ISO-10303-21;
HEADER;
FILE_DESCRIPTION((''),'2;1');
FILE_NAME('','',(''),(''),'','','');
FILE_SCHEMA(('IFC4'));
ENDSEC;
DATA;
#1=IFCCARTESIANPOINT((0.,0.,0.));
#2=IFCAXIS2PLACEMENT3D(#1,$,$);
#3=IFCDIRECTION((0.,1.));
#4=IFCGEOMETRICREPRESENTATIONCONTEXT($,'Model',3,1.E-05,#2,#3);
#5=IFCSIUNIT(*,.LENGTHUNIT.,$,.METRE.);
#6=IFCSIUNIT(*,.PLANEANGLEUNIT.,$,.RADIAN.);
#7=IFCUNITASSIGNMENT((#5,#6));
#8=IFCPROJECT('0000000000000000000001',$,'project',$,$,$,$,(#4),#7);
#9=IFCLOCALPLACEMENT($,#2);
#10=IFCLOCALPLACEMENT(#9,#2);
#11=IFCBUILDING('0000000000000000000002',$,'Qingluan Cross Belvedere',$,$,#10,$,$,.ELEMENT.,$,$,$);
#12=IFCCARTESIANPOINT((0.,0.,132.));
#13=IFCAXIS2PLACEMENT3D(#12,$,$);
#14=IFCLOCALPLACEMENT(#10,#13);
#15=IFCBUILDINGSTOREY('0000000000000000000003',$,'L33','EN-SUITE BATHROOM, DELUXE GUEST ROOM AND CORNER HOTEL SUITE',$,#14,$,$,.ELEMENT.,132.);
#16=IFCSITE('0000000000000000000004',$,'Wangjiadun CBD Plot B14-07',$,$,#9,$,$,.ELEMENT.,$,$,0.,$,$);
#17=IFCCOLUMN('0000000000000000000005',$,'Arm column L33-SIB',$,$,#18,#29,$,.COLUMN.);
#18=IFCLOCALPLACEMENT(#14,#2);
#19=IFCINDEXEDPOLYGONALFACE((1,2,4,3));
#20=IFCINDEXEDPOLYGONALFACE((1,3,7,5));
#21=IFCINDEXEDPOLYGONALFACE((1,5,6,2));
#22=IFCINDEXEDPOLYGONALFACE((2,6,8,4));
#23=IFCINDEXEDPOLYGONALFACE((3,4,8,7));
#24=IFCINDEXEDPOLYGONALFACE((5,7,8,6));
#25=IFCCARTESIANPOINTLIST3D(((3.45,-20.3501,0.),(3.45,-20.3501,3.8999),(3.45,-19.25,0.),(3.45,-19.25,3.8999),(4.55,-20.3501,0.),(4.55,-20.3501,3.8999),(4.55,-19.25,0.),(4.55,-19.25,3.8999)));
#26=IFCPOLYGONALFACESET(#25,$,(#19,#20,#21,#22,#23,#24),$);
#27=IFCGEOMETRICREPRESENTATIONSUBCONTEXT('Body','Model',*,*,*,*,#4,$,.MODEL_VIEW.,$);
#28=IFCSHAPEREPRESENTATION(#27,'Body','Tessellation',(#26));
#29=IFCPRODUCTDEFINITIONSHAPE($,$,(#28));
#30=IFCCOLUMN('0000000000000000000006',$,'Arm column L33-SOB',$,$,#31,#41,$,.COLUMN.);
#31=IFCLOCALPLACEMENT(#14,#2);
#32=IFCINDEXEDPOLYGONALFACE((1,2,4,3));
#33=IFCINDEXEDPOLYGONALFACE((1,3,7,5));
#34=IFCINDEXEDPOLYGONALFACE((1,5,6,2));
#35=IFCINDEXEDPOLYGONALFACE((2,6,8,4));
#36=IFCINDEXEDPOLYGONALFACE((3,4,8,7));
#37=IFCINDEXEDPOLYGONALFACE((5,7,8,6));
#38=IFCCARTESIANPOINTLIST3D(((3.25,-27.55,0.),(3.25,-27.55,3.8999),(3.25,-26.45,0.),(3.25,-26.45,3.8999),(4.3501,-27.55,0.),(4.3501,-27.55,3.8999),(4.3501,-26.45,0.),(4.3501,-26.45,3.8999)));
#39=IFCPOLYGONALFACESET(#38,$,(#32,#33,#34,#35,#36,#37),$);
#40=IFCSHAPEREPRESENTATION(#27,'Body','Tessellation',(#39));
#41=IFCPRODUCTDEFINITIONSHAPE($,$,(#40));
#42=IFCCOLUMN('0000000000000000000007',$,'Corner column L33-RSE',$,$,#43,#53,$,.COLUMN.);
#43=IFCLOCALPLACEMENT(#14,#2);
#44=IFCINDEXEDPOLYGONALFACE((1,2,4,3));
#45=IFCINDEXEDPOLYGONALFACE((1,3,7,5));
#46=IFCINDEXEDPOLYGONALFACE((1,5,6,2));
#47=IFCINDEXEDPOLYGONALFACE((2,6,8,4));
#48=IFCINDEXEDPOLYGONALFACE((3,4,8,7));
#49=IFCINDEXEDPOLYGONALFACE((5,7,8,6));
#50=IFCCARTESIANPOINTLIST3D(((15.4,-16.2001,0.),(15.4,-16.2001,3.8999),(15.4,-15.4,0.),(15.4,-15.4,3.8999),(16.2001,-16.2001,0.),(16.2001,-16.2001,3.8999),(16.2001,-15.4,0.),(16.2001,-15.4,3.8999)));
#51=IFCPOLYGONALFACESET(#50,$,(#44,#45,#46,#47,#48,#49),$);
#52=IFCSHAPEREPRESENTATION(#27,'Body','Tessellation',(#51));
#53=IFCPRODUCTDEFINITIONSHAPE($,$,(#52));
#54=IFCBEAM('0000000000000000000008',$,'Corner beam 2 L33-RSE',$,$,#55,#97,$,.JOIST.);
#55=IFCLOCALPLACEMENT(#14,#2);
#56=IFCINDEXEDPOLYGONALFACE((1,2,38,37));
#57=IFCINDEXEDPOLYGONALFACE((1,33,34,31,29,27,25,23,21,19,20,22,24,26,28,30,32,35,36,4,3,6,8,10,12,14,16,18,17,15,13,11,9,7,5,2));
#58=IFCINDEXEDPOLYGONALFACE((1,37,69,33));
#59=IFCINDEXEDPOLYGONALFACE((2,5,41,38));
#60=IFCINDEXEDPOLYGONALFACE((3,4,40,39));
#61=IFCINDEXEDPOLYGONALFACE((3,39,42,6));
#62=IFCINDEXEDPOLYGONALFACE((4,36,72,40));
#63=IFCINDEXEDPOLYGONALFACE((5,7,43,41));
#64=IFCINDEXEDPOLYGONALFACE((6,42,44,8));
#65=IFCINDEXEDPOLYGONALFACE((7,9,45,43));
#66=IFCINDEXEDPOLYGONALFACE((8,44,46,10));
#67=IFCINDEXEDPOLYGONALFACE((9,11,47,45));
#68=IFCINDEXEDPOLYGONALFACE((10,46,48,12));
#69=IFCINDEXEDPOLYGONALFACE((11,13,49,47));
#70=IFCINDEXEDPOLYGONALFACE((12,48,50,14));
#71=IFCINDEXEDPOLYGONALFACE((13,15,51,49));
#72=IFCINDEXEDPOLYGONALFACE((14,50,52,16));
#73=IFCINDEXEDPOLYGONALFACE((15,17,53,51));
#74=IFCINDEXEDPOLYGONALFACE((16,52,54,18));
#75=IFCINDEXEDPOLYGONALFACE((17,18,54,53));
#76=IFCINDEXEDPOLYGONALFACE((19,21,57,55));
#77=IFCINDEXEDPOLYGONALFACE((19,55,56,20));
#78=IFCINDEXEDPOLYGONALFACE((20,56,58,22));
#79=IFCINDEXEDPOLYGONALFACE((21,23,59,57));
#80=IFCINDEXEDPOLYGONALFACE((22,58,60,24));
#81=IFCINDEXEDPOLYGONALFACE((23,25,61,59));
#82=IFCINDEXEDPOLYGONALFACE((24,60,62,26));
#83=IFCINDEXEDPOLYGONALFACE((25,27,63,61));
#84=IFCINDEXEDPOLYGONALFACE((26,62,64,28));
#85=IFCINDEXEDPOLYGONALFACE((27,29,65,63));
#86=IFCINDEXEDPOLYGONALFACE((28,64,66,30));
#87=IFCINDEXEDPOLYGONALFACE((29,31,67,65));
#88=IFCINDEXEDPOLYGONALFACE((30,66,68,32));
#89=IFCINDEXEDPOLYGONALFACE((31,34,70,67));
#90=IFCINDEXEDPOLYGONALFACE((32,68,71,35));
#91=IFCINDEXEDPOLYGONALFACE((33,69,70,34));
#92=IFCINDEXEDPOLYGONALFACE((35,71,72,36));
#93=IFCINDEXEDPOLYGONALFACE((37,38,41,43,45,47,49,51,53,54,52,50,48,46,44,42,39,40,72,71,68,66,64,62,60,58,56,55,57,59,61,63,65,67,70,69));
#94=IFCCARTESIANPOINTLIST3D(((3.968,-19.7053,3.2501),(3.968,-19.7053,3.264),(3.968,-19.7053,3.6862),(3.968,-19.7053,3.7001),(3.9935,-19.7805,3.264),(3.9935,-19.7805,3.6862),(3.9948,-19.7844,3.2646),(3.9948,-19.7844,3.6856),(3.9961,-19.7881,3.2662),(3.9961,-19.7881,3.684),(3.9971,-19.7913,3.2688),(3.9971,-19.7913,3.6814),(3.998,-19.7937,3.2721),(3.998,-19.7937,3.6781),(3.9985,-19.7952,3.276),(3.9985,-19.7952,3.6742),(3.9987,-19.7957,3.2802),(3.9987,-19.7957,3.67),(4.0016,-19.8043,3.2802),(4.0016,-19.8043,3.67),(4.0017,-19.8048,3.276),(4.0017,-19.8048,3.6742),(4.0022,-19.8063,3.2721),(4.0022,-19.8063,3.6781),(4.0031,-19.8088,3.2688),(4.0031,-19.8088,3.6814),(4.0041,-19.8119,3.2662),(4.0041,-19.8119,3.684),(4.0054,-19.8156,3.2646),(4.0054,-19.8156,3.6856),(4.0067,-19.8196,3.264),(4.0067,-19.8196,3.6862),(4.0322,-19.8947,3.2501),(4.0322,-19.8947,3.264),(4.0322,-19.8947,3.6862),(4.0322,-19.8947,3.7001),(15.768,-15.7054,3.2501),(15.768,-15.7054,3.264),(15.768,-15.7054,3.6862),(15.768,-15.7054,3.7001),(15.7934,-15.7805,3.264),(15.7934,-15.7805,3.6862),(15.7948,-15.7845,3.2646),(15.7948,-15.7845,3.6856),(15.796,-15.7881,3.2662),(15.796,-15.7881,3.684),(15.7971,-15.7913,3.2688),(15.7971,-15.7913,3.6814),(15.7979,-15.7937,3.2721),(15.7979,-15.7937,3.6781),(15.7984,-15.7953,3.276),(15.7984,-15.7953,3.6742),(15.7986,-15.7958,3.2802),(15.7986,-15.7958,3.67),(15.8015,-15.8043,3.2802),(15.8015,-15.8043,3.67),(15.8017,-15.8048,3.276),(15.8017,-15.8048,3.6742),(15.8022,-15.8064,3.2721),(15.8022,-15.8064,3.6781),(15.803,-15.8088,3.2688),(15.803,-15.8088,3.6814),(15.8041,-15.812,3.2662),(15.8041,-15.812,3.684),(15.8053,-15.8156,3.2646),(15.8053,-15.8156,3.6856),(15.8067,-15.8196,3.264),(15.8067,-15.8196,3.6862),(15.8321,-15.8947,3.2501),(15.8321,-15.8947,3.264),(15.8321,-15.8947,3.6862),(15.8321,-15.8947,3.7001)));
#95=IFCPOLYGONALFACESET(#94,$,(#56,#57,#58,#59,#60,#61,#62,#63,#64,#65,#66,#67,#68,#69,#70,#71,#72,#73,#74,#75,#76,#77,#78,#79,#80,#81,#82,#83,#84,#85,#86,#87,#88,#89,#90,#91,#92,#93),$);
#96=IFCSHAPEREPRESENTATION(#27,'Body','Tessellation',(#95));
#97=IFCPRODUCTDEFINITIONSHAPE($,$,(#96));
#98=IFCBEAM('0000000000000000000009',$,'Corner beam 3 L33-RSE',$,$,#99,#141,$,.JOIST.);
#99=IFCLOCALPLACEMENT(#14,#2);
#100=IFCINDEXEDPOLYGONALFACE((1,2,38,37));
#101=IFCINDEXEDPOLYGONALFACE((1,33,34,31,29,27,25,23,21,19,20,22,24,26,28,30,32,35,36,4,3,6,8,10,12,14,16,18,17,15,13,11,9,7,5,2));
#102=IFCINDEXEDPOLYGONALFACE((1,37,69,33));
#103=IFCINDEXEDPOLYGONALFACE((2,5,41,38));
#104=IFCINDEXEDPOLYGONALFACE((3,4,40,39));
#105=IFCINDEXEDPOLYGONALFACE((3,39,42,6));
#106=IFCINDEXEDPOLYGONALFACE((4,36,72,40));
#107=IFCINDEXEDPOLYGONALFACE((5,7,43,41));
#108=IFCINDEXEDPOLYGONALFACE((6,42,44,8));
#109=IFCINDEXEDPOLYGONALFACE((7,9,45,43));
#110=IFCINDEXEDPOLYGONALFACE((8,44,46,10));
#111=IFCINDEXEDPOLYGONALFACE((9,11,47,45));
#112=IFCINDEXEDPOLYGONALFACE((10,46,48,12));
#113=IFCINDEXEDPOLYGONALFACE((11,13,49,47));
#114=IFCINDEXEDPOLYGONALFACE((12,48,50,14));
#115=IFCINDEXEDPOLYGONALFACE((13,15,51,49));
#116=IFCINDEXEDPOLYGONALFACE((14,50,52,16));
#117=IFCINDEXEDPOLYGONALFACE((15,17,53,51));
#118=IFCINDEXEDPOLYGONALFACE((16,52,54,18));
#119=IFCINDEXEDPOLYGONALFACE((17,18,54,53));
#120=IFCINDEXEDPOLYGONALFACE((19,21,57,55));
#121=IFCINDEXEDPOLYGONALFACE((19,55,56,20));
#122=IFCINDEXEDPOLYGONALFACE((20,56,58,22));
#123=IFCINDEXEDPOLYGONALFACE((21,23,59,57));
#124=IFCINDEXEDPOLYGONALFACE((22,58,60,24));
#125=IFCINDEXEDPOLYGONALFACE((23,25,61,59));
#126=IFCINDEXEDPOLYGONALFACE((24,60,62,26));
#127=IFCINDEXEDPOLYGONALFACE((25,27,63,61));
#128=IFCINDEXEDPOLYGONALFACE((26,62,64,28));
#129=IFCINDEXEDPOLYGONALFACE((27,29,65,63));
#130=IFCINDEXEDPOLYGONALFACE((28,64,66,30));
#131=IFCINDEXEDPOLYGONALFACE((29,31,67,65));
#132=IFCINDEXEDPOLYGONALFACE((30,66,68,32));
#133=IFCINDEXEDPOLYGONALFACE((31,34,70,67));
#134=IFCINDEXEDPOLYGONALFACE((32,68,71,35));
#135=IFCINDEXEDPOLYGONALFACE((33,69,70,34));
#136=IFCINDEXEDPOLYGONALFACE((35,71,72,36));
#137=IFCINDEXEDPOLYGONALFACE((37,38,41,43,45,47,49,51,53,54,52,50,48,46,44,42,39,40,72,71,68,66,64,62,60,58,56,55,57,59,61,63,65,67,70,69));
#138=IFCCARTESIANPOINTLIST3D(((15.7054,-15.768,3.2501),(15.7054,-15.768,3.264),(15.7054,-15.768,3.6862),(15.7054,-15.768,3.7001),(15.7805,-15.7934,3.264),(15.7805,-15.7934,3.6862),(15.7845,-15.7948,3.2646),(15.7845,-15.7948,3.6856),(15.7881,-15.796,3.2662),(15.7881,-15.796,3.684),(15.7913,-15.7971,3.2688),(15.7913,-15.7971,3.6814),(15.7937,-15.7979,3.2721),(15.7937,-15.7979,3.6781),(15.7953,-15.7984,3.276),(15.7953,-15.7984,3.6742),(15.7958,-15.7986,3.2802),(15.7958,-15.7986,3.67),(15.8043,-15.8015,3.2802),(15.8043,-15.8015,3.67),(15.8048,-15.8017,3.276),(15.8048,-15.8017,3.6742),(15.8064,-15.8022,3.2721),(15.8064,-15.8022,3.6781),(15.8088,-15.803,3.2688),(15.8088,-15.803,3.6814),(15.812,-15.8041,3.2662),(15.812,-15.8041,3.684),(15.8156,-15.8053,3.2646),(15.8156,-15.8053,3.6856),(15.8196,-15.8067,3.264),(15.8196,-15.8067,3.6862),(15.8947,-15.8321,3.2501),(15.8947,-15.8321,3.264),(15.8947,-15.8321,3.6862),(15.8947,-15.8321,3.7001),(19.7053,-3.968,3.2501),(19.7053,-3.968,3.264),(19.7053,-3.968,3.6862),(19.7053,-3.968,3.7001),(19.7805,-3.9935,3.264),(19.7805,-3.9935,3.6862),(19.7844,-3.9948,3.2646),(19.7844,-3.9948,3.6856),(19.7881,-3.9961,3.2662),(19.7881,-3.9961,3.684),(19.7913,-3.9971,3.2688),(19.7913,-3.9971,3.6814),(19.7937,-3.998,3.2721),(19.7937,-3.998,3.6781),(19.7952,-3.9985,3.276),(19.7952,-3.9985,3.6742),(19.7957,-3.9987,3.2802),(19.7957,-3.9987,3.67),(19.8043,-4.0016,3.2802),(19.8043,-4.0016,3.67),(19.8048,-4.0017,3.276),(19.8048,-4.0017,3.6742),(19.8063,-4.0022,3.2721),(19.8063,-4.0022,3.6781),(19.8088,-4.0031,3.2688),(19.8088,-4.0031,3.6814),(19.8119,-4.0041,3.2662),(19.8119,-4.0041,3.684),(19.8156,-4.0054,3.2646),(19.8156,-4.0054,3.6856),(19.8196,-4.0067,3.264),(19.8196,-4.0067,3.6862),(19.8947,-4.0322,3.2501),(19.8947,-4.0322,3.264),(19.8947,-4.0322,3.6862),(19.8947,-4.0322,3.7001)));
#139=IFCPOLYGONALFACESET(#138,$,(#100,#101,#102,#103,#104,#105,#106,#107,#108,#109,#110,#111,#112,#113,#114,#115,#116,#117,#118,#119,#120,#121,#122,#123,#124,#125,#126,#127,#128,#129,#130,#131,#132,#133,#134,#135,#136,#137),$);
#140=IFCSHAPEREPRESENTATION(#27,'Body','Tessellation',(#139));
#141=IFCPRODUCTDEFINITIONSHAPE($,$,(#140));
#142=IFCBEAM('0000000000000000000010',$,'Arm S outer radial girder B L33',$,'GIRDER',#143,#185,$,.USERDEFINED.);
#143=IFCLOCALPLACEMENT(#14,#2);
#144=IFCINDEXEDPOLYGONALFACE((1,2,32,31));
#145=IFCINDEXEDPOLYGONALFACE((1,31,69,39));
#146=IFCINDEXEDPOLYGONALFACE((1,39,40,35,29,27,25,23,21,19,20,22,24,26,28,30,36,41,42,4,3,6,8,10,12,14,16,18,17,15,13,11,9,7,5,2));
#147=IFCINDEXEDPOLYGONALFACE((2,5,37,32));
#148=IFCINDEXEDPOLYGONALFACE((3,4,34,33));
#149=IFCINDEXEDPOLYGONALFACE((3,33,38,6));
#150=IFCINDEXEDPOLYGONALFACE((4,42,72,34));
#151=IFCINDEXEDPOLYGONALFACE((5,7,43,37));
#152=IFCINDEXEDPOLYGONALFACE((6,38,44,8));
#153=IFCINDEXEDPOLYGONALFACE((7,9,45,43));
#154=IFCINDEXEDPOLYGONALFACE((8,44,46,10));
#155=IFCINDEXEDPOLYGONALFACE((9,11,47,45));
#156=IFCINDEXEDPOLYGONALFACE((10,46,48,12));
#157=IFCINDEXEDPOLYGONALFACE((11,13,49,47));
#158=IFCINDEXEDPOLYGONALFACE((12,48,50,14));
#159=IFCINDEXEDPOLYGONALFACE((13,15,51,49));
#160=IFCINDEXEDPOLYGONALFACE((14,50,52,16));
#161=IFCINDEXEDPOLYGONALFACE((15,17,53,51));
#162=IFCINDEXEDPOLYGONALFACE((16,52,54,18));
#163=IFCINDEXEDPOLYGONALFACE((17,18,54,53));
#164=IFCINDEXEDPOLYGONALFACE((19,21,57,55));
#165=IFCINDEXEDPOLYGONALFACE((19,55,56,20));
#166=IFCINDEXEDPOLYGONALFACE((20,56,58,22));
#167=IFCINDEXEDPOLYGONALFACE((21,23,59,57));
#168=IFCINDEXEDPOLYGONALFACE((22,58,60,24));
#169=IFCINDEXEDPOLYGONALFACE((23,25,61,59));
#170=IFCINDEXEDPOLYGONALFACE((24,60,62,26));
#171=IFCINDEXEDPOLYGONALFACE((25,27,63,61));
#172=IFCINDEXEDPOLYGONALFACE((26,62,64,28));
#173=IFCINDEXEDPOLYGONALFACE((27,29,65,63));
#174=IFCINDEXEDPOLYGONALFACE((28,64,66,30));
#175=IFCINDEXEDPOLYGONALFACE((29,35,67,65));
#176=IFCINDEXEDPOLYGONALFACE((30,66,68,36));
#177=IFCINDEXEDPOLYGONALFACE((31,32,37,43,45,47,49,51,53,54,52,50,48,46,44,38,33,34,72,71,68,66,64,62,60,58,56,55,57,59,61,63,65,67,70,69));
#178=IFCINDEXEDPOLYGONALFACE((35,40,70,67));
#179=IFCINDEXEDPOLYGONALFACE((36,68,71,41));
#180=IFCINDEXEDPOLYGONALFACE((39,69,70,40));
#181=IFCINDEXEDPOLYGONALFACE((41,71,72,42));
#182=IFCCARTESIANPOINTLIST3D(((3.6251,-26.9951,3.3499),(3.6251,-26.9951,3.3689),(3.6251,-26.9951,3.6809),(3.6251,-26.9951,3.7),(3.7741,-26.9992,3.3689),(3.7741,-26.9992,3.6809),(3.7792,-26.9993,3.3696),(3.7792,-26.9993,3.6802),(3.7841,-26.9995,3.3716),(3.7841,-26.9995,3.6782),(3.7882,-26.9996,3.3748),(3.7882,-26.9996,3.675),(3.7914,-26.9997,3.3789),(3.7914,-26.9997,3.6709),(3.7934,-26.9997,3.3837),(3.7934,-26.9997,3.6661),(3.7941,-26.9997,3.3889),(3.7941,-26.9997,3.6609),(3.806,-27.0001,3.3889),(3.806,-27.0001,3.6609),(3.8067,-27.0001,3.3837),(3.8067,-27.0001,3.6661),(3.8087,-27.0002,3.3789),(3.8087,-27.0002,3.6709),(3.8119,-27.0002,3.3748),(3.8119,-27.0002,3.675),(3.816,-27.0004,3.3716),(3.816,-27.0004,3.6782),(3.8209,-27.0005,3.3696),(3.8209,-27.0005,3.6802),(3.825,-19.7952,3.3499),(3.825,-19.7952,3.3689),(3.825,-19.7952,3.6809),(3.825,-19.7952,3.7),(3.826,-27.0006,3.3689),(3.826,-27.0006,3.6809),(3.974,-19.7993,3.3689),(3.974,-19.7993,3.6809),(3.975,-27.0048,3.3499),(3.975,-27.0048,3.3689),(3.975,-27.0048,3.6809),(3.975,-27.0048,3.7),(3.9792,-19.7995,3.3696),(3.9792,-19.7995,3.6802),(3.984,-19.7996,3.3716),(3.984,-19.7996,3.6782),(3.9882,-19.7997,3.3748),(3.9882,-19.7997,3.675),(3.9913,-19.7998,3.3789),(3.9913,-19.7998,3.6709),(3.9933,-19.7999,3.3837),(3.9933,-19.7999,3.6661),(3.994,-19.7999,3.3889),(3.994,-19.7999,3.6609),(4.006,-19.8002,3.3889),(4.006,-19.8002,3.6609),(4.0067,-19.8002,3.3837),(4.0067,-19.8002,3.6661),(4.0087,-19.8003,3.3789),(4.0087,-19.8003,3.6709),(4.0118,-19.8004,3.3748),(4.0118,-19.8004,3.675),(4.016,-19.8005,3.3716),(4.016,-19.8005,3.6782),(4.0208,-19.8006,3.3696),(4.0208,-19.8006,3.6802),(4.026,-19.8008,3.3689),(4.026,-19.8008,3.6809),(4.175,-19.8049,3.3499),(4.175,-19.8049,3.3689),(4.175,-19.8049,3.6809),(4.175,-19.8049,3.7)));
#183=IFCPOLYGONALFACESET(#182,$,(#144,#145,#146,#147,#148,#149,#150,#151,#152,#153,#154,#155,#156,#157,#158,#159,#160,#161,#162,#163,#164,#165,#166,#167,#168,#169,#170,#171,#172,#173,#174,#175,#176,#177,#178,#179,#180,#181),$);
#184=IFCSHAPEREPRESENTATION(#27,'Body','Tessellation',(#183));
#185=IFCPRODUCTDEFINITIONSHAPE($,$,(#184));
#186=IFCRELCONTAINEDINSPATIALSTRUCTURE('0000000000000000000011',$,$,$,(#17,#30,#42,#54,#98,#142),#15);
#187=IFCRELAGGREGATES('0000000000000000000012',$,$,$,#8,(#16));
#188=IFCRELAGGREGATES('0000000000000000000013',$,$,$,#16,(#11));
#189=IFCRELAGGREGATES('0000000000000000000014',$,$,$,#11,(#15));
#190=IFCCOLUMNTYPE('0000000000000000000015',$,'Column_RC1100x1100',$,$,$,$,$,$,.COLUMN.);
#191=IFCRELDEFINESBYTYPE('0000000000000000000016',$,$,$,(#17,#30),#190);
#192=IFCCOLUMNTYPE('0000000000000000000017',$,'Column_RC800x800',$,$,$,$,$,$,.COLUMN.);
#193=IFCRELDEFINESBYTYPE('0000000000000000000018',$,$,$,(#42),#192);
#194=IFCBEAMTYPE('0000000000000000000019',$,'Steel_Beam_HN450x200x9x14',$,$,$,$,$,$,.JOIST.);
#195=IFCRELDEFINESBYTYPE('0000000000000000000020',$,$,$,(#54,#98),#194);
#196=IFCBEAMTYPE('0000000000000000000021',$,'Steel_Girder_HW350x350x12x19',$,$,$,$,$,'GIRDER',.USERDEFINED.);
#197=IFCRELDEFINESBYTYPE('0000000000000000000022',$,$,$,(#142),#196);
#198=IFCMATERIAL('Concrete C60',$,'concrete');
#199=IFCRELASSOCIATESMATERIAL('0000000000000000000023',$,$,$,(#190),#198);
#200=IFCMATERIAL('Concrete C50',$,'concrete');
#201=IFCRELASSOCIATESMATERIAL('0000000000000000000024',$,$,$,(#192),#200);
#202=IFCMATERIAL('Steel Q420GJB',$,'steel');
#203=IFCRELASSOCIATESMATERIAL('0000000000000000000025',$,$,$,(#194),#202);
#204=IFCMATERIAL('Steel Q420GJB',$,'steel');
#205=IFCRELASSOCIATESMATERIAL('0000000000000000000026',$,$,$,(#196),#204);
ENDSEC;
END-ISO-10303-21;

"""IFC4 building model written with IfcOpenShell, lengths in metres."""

from ifc_helpers import new_model, si_unit, direction, frame, origin, origin_2d, place, context, subcontext, project, spatial, rectangle, i_section, extrude, material, material_profile, profile_set, type_object, element, save


model = new_model("IFC4")

# Units and contexts
model_context = context("Model", 3, precision=1e-05, world=origin(), true_north=direction((0.0, 1.0)))
body_context = subcontext(model_context, "Body", "Model", "MODEL_VIEW")
ifc_project = project(units=[si_unit("LENGTHUNIT", "METRE"), si_unit("PLANEANGLEUNIT", "RADIAN")], contexts=[model_context])

# Site, building, storey
site_placement = place(None, origin())
site = spatial("IfcSite", under=ifc_project, at=site_placement, Name="Wangjiadun CBD Plot B14-07", CompositionType="ELEMENT", RefElevation=0.0)
building_placement = place(site_placement, origin())
building = spatial("IfcBuilding", under=site, at=building_placement, Name="Qingluan Cross Belvedere", CompositionType="ELEMENT")
storey_placement = place(building_placement, frame((0.0, 0.0, 132.0)))
storey = spatial("IfcBuildingStorey", under=building, at=storey_placement, Name="L33", Description="EN-SUITE BATHROOM, DELUXE GUEST ROOM AND CORNER HOTEL SUITE", CompositionType="ELEMENT", Elevation=132.0)

# Columns
ifc_material_1 = material(Name="Concrete C60", Category="concrete")
ifc_material_profile_1 = material_profile(ifc_material_1, rectangle(XDim=1.1001, YDim=1.1001, at=origin_2d()), Name="RC1100x1100")
ifc_profile_set_1 = profile_set([ifc_material_profile_1], Name="Concrete C60")
column_type_1 = type_object("IfcColumnType", Name="Column_RC1100x1100", PredefinedType="COLUMN", material=ifc_profile_set_1)
for number, where, z_axis, x_axis, name in (
    (1, (4.0, -19.8, 0.0), (0.0, 0.0, 1.0), (1.0, 0.0, 0.0), "Arm column L33-SIB"),
    (2, (3.8, -27.0, 0.0), (0.0, 0.0, 1.0), (1.0, 0.0, 0.0), "Arm column L33-SOB"),
):
    element("IfcColumn", number, at=place(storey_placement, frame(where, z_axis=z_axis, x_axis=x_axis)), inside=storey, type_object=column_type_1, Name=name, PredefinedType="COLUMN", context=body_context, shape_type="SweptSolid", body=[
        extrude(rectangle(XDim=1.1001, YDim=1.1001, at=origin_2d()), origin(), (0.0, 0.0, 1.0), 3.8999),
    ])
ifc_material_2 = material(Name="Concrete C50", Category="concrete")
ifc_material_profile_2 = material_profile(ifc_material_2, rectangle(XDim=0.8, YDim=0.8, at=origin_2d()), Name="RC800x800")
ifc_profile_set_2 = profile_set([ifc_material_profile_2], Name="Concrete C50")
column_type_2 = type_object("IfcColumnType", Name="Column_RC800x800", PredefinedType="COLUMN", material=ifc_profile_set_2)
column_placement = place(storey_placement, frame((15.8, -15.8, 0.0), z_axis=(0.0, 0.0, 1.0), x_axis=(1.0, 0.0, 0.0)))
element("IfcColumn", 3, at=column_placement, inside=storey, type_object=column_type_2, Name="Corner column L33-RSE", PredefinedType="COLUMN", context=body_context, shape_type="SweptSolid", body=[
    extrude(rectangle(XDim=0.8, YDim=0.8, at=origin_2d()), origin(), (0.0, 0.0, 1.0), 3.8999),
])

# Beams
ifc_material_3 = material(Name="Steel Q420GJB", Category="steel")
ifc_material_profile_3 = material_profile(ifc_material_3, i_section(OverallWidth=0.2, OverallDepth=0.45, WebThickness=0.009, FlangeThickness=0.0139, FilletRadius=0.0161, at=origin_2d()), Name="HN450x200x9x14")
ifc_profile_set_3 = profile_set([ifc_material_profile_3], Name="Steel Q420GJB")
beam_type_1 = type_object("IfcBeamType", Name="Steel_Beam_HN450x200x9x14", PredefinedType="JOIST", material=ifc_profile_set_3)
for number, where, z_axis, x_axis, name in (
    (4, (15.8, -15.8, 3.4751), (-0.947066, -0.321038, 0.0), (0.321038, -0.947066, 0.0), "Corner beam 2 L33-RSE"),
    (5, (15.8, -15.8, 3.4751), (0.321038, 0.947066, 0.0), (-0.947066, 0.321038, 0.0), "Corner beam 3 L33-RSE"),
):
    element("IfcBeam", number, at=place(storey_placement, frame(where, z_axis=z_axis, x_axis=x_axis)), inside=storey, type_object=beam_type_1, Name=name, PredefinedType="JOIST", context=body_context, shape_type="SweptSolid", body=[
        extrude(i_section(OverallWidth=0.2, OverallDepth=0.45, WebThickness=0.009, FlangeThickness=0.0139, FilletRadius=0.0161, at=origin_2d()), origin(), (0.0, 0.0, 1.0), 12.4595),
    ])
ifc_material_4 = material(Name="Steel Q420GJB", Category="steel")
ifc_material_profile_4 = material_profile(ifc_material_4, i_section(OverallWidth=0.3501, OverallDepth=0.3501, WebThickness=0.012, FlangeThickness=0.019, FilletRadius=0.02, at=origin_2d()), Name="HW350x350x12x19")
ifc_profile_set_4 = profile_set([ifc_material_profile_4], Name="Steel Q420GJB")
beam_type_2 = type_object("IfcBeamType", Name="Steel_Girder_HW350x350x12x19", ElementType="GIRDER", PredefinedType="USERDEFINED", material=ifc_profile_set_4)
beam_placement = place(storey_placement, frame((4.0, -19.8, 3.5249), z_axis=(-0.02776, -0.999615, 0.0), x_axis=(0.999615, -0.02776, 0.0)))
element("IfcBeam", 6, at=beam_placement, inside=storey, type_object=beam_type_2, Name="Arm S outer radial girder B L33", ObjectType="GIRDER", PredefinedType="USERDEFINED", context=body_context, shape_type="SweptSolid", body=[
    extrude(i_section(OverallWidth=0.3501, OverallDepth=0.3501, WebThickness=0.012, FlangeThickness=0.019, FilletRadius=0.02, at=origin_2d()), origin(), (0.0, 0.0, 1.0), 7.2026),
])

save(model, "model.ifc")
